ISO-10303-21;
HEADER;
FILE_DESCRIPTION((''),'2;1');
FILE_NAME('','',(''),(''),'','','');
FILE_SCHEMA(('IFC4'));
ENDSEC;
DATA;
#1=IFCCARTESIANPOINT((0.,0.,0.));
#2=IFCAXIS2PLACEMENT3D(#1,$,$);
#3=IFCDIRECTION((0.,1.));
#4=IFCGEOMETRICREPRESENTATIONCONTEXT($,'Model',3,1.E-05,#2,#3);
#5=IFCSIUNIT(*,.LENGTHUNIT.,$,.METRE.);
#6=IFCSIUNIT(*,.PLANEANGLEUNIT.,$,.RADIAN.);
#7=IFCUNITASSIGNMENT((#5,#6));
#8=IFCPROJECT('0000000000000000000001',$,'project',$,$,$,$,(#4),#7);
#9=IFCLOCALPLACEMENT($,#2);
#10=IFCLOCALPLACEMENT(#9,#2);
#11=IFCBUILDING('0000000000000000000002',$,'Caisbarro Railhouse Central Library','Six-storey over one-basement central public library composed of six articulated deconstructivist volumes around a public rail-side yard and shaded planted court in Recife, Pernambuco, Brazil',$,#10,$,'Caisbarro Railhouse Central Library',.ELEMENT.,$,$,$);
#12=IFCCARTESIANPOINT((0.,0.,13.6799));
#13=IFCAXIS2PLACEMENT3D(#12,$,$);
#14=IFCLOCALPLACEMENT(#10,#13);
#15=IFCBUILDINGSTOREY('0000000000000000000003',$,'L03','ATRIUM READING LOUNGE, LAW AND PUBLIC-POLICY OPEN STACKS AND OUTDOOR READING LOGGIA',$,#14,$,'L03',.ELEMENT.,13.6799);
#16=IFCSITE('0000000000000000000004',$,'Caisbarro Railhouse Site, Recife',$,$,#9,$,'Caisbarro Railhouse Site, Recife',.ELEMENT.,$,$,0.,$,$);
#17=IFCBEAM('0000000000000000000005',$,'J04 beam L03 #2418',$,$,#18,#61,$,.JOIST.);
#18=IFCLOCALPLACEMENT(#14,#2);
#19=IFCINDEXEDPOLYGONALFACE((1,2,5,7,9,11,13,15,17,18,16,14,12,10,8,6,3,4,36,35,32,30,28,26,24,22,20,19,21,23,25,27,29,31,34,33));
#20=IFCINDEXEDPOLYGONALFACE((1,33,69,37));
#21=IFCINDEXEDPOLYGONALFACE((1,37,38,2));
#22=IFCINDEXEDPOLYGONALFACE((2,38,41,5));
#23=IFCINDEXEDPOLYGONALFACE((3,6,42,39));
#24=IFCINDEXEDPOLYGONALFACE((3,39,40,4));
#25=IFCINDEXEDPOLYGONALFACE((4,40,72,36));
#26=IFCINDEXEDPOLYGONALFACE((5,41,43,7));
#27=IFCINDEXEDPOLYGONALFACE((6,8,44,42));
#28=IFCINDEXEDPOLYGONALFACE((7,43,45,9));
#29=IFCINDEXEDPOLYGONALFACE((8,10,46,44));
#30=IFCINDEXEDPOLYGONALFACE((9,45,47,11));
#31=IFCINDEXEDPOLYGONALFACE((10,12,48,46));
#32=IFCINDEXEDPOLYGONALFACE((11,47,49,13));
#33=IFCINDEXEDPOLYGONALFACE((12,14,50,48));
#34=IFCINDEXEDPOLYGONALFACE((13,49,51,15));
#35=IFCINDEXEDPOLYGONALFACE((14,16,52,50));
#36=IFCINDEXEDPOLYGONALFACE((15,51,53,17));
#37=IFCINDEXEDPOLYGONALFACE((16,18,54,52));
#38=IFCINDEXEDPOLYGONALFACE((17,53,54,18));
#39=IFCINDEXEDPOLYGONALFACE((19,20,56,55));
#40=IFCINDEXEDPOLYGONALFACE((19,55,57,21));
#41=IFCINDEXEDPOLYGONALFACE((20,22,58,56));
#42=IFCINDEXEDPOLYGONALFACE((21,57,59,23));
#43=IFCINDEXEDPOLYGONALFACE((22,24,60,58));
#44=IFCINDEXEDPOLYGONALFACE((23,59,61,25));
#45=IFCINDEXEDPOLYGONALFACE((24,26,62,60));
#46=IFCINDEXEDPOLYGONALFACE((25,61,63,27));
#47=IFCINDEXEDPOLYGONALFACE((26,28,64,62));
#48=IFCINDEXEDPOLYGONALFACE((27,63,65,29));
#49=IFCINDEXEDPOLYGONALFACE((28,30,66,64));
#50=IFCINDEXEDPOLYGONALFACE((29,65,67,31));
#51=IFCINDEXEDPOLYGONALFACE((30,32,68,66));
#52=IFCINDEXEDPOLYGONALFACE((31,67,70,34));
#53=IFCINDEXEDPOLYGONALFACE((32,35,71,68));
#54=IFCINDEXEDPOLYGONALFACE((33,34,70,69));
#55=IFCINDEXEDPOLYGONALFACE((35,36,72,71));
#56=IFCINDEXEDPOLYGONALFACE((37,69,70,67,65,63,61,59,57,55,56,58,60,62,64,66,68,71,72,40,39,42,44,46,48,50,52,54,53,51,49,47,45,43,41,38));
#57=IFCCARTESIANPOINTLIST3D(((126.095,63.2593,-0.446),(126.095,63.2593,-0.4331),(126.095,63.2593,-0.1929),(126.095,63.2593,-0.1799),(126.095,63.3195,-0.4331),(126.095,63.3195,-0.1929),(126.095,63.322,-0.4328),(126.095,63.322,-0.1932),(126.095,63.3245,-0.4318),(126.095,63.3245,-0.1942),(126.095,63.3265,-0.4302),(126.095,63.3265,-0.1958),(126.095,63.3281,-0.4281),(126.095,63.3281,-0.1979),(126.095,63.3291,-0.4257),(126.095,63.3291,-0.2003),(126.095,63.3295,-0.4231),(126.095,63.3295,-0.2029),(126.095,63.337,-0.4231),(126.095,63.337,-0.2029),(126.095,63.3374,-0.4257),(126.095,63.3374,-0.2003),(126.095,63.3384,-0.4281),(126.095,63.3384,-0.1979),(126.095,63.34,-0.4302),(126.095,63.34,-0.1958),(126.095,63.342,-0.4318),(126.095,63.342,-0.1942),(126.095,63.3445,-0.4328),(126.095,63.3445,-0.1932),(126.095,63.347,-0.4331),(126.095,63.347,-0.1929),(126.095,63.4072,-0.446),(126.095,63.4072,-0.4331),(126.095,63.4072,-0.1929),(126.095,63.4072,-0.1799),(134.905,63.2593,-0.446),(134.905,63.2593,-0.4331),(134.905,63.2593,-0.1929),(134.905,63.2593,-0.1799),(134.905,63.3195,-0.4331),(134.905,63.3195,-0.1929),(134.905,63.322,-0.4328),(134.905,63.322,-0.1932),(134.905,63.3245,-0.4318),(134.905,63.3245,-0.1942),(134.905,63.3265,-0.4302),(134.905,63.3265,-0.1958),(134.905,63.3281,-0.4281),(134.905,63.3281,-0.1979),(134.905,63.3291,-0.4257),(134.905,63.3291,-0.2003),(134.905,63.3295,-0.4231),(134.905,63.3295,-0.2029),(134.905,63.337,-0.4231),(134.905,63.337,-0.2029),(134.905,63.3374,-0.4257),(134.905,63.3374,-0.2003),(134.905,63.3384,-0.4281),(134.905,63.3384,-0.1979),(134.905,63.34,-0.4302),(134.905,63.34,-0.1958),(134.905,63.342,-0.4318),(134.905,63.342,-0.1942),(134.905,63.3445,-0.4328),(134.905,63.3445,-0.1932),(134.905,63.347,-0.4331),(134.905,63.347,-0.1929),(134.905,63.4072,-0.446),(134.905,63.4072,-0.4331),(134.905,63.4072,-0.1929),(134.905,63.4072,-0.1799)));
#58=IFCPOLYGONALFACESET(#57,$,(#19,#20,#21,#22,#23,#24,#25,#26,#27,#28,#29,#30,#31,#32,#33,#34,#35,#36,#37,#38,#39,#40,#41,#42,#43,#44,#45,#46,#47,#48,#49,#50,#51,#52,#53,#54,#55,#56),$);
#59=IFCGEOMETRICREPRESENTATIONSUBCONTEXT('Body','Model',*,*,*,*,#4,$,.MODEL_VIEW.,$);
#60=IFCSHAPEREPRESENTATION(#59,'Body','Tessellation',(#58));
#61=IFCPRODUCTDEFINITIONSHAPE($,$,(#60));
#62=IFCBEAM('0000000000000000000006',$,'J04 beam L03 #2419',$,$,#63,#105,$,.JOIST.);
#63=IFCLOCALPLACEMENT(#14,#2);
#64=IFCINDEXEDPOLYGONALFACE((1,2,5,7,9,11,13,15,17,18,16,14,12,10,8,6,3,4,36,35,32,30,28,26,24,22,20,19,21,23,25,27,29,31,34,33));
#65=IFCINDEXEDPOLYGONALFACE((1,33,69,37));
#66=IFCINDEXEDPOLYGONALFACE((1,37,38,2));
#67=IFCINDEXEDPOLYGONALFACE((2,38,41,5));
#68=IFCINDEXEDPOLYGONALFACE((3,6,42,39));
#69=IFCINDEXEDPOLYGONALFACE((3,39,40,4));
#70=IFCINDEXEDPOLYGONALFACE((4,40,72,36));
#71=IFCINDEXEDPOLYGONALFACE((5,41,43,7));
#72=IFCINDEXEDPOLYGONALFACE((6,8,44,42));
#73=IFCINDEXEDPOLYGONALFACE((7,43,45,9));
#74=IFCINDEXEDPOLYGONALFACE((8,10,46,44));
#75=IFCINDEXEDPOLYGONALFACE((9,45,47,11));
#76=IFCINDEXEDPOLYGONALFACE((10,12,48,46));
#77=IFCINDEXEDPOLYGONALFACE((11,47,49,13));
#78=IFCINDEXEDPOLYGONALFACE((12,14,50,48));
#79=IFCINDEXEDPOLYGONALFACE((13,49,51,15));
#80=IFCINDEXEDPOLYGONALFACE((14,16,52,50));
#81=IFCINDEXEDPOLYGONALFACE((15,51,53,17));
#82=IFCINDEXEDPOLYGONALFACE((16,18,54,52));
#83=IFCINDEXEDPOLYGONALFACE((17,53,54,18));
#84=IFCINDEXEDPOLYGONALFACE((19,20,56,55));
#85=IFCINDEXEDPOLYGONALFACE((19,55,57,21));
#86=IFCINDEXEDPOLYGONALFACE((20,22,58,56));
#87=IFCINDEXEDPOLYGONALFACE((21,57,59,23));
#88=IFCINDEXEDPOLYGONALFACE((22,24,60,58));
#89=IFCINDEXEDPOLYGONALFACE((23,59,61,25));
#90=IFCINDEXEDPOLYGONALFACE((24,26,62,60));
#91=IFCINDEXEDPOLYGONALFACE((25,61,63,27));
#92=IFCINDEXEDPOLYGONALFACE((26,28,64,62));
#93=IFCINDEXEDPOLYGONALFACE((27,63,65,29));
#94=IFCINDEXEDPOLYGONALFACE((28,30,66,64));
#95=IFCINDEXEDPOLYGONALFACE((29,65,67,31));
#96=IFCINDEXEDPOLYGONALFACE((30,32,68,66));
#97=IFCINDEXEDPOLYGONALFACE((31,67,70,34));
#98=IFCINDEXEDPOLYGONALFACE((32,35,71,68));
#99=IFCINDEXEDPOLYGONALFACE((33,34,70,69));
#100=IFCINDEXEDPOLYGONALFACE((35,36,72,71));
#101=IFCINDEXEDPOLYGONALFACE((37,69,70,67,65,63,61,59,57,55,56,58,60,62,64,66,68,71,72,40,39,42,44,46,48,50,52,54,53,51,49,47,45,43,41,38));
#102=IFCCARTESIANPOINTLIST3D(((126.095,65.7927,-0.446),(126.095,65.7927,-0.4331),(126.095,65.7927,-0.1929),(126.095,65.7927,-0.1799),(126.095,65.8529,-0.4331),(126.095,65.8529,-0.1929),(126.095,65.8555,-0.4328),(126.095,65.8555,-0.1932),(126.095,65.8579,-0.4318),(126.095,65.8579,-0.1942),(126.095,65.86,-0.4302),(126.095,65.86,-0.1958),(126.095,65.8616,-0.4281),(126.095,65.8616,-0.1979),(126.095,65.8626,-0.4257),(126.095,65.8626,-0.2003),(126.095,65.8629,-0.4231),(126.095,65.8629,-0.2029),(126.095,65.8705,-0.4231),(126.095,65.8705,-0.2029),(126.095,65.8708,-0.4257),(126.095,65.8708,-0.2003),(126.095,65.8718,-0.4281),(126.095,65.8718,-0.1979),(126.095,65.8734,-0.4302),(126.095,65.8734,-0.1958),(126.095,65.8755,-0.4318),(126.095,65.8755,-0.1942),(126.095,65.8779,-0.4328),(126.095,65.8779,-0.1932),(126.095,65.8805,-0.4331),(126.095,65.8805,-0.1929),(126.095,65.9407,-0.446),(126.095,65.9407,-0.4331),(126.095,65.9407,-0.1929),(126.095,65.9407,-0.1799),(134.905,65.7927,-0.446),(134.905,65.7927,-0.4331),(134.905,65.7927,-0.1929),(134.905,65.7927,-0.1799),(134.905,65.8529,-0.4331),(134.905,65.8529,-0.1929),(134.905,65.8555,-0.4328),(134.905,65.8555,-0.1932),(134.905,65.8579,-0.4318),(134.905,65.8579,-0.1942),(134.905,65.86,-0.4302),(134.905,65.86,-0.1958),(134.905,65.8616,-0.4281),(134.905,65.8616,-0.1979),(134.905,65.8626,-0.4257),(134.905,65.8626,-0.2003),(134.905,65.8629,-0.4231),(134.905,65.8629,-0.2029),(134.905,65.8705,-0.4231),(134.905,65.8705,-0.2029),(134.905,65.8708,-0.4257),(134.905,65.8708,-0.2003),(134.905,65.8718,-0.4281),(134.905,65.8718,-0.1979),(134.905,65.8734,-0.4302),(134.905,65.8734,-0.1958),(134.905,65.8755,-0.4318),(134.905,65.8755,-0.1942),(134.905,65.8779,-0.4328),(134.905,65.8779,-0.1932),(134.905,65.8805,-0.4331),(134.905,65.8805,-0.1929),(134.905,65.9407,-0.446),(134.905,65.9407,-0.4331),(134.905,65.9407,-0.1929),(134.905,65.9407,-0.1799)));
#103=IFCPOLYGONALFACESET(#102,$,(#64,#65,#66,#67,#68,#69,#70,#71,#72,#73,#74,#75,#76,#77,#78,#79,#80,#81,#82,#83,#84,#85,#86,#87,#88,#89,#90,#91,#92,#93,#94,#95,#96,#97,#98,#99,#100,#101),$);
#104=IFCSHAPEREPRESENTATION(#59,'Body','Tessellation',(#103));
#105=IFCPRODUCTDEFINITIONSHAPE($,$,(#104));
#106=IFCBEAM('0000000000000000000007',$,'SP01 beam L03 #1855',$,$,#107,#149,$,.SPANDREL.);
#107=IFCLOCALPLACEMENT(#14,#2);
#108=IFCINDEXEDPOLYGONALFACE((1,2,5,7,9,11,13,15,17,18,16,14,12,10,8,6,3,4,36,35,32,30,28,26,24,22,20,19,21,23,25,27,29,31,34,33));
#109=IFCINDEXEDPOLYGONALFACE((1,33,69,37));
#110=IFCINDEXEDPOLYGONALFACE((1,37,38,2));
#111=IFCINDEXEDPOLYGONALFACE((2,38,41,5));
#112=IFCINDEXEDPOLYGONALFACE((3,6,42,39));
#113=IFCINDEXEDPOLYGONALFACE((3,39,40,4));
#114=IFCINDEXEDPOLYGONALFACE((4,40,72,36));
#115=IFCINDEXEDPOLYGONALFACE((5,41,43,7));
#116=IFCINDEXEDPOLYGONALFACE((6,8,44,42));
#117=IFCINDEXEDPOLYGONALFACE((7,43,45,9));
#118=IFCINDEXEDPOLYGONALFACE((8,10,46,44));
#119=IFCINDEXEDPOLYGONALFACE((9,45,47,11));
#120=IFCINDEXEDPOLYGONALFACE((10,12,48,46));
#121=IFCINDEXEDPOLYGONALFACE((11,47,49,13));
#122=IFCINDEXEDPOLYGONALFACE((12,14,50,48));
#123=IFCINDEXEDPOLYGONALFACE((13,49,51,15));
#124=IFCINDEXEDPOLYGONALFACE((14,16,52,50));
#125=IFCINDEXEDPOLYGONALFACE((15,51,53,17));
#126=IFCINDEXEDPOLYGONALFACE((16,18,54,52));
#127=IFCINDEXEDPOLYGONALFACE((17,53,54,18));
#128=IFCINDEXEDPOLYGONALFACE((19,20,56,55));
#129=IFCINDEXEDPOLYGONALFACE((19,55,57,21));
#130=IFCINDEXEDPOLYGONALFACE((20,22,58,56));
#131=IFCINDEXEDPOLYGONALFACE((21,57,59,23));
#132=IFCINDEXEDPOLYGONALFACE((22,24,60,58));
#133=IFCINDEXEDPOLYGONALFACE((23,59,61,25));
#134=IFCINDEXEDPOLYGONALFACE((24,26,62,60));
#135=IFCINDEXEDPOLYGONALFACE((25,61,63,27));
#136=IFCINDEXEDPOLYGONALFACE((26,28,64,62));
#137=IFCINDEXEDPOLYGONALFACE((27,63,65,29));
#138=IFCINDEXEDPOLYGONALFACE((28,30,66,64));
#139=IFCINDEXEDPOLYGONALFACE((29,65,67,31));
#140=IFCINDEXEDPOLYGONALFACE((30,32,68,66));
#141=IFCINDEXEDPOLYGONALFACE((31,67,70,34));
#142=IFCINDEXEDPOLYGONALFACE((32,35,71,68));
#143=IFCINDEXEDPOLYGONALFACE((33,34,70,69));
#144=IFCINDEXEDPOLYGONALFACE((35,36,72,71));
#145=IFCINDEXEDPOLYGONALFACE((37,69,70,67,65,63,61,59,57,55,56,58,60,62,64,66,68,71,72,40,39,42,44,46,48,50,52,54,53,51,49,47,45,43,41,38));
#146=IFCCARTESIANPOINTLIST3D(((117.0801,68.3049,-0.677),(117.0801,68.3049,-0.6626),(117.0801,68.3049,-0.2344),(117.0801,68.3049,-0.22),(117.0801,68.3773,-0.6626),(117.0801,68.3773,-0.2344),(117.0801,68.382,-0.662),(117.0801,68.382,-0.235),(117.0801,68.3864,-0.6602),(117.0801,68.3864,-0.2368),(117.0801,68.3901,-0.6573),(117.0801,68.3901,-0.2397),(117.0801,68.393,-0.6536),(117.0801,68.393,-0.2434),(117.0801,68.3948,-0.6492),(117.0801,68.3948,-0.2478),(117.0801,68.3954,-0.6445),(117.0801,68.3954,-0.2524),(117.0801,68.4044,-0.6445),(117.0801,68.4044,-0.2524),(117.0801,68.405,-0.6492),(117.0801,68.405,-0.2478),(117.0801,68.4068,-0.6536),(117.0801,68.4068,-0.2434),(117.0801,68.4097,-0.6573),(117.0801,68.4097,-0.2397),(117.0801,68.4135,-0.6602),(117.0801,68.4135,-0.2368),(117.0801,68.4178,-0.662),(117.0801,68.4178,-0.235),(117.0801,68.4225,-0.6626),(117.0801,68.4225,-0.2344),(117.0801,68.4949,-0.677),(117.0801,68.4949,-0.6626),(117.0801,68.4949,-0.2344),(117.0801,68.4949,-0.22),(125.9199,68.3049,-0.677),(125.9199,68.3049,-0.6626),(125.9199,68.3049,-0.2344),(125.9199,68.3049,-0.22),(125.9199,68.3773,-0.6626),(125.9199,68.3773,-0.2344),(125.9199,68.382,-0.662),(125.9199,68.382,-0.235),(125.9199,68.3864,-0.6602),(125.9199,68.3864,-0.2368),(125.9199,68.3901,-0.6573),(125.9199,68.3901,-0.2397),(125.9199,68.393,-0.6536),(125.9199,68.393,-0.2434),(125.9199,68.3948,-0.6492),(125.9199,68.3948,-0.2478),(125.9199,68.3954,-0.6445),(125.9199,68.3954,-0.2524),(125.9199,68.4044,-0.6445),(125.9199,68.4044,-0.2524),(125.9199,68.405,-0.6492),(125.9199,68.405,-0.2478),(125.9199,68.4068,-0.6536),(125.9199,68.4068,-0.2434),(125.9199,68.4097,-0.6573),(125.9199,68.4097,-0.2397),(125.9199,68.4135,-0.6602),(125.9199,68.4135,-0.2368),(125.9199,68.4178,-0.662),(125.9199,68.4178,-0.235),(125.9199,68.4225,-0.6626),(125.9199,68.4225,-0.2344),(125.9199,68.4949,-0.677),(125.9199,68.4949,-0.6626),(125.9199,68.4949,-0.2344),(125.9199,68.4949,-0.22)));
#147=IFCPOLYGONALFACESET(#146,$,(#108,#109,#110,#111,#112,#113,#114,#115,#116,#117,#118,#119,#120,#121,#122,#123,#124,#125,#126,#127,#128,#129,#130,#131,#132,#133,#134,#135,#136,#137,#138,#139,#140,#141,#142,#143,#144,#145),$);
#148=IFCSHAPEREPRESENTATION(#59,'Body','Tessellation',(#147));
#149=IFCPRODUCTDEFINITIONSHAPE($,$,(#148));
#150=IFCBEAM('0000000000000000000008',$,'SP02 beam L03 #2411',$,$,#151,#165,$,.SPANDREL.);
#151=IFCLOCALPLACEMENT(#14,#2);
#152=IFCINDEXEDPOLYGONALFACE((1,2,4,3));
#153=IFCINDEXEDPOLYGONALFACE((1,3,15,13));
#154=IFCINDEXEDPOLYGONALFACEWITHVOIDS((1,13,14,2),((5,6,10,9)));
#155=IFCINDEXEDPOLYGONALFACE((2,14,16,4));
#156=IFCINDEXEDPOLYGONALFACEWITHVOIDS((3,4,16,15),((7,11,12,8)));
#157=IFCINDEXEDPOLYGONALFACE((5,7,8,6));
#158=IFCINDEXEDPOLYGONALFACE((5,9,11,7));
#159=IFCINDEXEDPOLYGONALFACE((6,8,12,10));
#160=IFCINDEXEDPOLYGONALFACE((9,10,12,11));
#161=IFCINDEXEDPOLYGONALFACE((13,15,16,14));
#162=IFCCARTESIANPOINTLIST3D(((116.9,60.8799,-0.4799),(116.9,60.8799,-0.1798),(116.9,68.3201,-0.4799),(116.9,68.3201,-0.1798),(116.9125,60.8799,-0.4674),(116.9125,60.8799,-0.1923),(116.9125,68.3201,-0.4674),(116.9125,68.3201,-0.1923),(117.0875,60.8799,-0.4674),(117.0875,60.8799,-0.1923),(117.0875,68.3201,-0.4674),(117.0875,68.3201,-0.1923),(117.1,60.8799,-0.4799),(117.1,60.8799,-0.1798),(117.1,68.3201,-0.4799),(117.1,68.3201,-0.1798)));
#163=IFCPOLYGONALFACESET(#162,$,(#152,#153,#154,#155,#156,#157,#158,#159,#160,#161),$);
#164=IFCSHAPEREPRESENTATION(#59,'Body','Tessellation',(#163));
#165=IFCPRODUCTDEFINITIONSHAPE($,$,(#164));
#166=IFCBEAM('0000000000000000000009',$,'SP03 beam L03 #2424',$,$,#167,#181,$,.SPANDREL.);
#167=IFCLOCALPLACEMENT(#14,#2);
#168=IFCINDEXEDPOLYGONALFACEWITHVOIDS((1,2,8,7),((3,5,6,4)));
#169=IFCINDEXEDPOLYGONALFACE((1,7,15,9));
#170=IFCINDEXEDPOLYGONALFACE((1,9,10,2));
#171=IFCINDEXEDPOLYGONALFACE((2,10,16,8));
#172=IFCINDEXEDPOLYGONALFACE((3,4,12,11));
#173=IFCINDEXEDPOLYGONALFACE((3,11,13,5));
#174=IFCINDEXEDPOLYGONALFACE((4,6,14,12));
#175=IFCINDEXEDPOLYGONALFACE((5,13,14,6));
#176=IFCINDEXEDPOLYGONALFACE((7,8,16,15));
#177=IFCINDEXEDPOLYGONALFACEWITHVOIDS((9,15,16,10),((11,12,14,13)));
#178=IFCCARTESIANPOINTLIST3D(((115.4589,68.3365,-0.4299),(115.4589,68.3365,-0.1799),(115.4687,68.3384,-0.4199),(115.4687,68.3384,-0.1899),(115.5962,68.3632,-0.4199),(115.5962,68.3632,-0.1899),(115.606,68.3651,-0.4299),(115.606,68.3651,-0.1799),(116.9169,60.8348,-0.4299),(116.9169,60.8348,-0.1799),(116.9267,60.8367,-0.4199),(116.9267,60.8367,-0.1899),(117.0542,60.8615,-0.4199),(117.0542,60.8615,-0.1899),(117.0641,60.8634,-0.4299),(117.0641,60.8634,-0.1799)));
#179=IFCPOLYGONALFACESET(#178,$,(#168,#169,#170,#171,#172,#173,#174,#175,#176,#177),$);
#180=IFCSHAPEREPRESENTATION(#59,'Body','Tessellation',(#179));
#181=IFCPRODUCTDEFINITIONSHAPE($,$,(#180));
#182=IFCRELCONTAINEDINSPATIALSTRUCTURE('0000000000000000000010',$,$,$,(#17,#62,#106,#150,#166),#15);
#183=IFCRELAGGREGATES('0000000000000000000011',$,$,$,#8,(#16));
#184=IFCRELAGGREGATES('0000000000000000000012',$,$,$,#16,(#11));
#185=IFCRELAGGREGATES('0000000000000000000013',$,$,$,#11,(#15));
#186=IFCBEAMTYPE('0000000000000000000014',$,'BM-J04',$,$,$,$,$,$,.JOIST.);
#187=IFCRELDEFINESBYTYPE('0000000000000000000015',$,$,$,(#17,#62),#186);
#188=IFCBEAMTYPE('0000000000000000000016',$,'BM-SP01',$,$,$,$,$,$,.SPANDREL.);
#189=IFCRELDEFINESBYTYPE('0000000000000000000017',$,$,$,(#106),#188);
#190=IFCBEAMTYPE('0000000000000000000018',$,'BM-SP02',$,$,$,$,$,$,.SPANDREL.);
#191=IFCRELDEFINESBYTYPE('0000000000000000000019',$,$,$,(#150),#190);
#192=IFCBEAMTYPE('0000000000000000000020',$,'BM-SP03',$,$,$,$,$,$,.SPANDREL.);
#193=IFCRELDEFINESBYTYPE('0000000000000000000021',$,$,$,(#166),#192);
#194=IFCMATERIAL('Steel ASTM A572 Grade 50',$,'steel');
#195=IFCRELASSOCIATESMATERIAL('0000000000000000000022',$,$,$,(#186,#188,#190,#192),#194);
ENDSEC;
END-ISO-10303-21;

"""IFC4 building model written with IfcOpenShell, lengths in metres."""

from ifc_helpers import new_model, si_unit, direction, frame, origin, origin_2d, place, context, subcontext, project, spatial, hollow_rectangle, i_section, extrude, material, material_profile, profile_set, type_object, element, save


model = new_model("IFC4")

# Units and contexts
model_context = context("Model", 3, precision=1e-05, world=origin(), true_north=direction((0.0, 1.0)))
body_context = subcontext(model_context, "Body", "Model", "MODEL_VIEW")
ifc_project = project(units=[si_unit("LENGTHUNIT", "METRE"), si_unit("PLANEANGLEUNIT", "RADIAN")], contexts=[model_context])

# Site, building, storey
site_placement = place(None, origin())
site = spatial("IfcSite", under=ifc_project, at=site_placement, Name="Caisbarro Railhouse Site, Recife", LongName="Caisbarro Railhouse Site, Recife", CompositionType="ELEMENT", RefElevation=0.0)
building_placement = place(site_placement, origin())
building = spatial("IfcBuilding", under=site, at=building_placement, Name="Caisbarro Railhouse Central Library", Description="Six-storey over one-basement central public library composed of six articulated deconstructivist volumes around a public rail-side yard and shaded planted court in Recife, Pernambuco, Brazil", LongName="Caisbarro Railhouse Central Library", CompositionType="ELEMENT")
storey_placement = place(building_placement, frame((0.0, 0.0, 13.6799)))
storey = spatial("IfcBuildingStorey", under=building, at=storey_placement, Name="L03", Description="ATRIUM READING LOUNGE, LAW AND PUBLIC-POLICY OPEN STACKS AND OUTDOOR READING LOGGIA", LongName="L03", CompositionType="ELEMENT", Elevation=13.6799)

# Shared definitions
ifc_material_1 = material(Name="Steel ASTM A572 Grade 50", Category="steel")

# Beams
ifc_material_profile_1 = material_profile(ifc_material_1, i_section(OverallWidth=0.1479, OverallDepth=0.2661, WebThickness=0.0076, FlangeThickness=0.0129, FilletRadius=0.01, at=origin_2d()), Name="W250X44.8")
ifc_profile_set_1 = profile_set([ifc_material_profile_1], Name="Steel ASTM A572 Grade 50")
beam_type_1 = type_object("IfcBeamType", Name="BM-J04", PredefinedType="JOIST", material=ifc_profile_set_1)
for number, where, z_axis, x_axis, name in (
    (1, (126.095, 63.3333, -0.313), (1.0, 0.0, 0.0), (0.0, 1.0, 0.0), "J04 beam L03 #2418"),
    (2, (126.095, 65.8667, -0.313), (1.0, 0.0, 0.0), (0.0, 1.0, 0.0), "J04 beam L03 #2419"),
):
    element("IfcBeam", number, at=place(storey_placement, frame(where, z_axis=z_axis, x_axis=x_axis)), inside=storey, type_object=beam_type_1, Name=name, PredefinedType="JOIST", context=body_context, shape_type="SweptSolid", body=[
        extrude(i_section(OverallWidth=0.1479, OverallDepth=0.2661, WebThickness=0.0076, FlangeThickness=0.0129, FilletRadius=0.01, at=origin_2d()), origin(), (0.0, 0.0, 1.0), 8.8101),
    ])
ifc_material_profile_2 = material_profile(ifc_material_1, i_section(OverallWidth=0.1899, OverallDepth=0.457, WebThickness=0.009, FlangeThickness=0.0144, FilletRadius=0.0181, at=origin_2d()), Name="W460X74.0")
ifc_profile_set_2 = profile_set([ifc_material_profile_2], Name="Steel ASTM A572 Grade 50")
beam_type_2 = type_object("IfcBeamType", Name="BM-SP01", PredefinedType="SPANDREL", material=ifc_profile_set_2)
beam_1_placement = place(storey_placement, frame((117.0801, 68.3999, -0.4485), z_axis=(1.0, 0.0, 0.0), x_axis=(0.0, 1.0, 0.0)))
element("IfcBeam", 3, at=beam_1_placement, inside=storey, type_object=beam_type_2, Name="SP01 beam L03 #1855", PredefinedType="SPANDREL", context=body_context, shape_type="SweptSolid", body=[
    extrude(i_section(OverallWidth=0.1899, OverallDepth=0.457, WebThickness=0.009, FlangeThickness=0.0144, FilletRadius=0.0181, at=origin_2d()), origin(), (0.0, 0.0, 1.0), 8.8398),
])
ifc_material_profile_3 = material_profile(ifc_material_1, hollow_rectangle(XDim=0.2, YDim=0.3, WallThickness=0.0125, at=origin_2d()), Name="HSS300X200X12.5")
ifc_profile_set_3 = profile_set([ifc_material_profile_3], Name="Steel ASTM A572 Grade 50")
beam_type_3 = type_object("IfcBeamType", Name="BM-SP02", PredefinedType="SPANDREL", material=ifc_profile_set_3)
beam_2_placement = place(storey_placement, frame((117.0, 60.8799, -0.3298), z_axis=(0.0, 1.0, 0.0), x_axis=(-1.0, 0.0, 0.0)))
element("IfcBeam", 4, at=beam_2_placement, inside=storey, type_object=beam_type_3, Name="SP02 beam L03 #2411", PredefinedType="SPANDREL", context=body_context, shape_type="SweptSolid", body=[
    extrude(hollow_rectangle(XDim=0.2, YDim=0.3, WallThickness=0.0125, at=origin_2d()), origin(), (0.0, 0.0, 1.0), 7.4402),
])
ifc_material_profile_4 = material_profile(ifc_material_1, hollow_rectangle(XDim=0.1499, YDim=0.25, WallThickness=0.01, at=origin_2d()), Name="HSS250X150X10")
ifc_profile_set_4 = profile_set([ifc_material_profile_4], Name="Steel ASTM A572 Grade 50")
beam_type_4 = type_object("IfcBeamType", Name="BM-SP03", PredefinedType="SPANDREL", material=ifc_profile_set_4)
beam_3_placement = place(storey_placement, frame((116.9905, 60.8491, -0.3049), z_axis=(-0.190787, 0.981632, 0.0), x_axis=(-0.981632, -0.190787, 0.0)))
element("IfcBeam", 5, at=beam_3_placement, inside=storey, type_object=beam_type_4, Name="SP03 beam L03 #2424", PredefinedType="SPANDREL", context=body_context, shape_type="SweptSolid", body=[
    extrude(hollow_rectangle(XDim=0.1499, YDim=0.25, WallThickness=0.01, at=origin_2d()), origin(), (0.0, 0.0, 1.0), 7.6421),
])

save(model, "model.ifc")
